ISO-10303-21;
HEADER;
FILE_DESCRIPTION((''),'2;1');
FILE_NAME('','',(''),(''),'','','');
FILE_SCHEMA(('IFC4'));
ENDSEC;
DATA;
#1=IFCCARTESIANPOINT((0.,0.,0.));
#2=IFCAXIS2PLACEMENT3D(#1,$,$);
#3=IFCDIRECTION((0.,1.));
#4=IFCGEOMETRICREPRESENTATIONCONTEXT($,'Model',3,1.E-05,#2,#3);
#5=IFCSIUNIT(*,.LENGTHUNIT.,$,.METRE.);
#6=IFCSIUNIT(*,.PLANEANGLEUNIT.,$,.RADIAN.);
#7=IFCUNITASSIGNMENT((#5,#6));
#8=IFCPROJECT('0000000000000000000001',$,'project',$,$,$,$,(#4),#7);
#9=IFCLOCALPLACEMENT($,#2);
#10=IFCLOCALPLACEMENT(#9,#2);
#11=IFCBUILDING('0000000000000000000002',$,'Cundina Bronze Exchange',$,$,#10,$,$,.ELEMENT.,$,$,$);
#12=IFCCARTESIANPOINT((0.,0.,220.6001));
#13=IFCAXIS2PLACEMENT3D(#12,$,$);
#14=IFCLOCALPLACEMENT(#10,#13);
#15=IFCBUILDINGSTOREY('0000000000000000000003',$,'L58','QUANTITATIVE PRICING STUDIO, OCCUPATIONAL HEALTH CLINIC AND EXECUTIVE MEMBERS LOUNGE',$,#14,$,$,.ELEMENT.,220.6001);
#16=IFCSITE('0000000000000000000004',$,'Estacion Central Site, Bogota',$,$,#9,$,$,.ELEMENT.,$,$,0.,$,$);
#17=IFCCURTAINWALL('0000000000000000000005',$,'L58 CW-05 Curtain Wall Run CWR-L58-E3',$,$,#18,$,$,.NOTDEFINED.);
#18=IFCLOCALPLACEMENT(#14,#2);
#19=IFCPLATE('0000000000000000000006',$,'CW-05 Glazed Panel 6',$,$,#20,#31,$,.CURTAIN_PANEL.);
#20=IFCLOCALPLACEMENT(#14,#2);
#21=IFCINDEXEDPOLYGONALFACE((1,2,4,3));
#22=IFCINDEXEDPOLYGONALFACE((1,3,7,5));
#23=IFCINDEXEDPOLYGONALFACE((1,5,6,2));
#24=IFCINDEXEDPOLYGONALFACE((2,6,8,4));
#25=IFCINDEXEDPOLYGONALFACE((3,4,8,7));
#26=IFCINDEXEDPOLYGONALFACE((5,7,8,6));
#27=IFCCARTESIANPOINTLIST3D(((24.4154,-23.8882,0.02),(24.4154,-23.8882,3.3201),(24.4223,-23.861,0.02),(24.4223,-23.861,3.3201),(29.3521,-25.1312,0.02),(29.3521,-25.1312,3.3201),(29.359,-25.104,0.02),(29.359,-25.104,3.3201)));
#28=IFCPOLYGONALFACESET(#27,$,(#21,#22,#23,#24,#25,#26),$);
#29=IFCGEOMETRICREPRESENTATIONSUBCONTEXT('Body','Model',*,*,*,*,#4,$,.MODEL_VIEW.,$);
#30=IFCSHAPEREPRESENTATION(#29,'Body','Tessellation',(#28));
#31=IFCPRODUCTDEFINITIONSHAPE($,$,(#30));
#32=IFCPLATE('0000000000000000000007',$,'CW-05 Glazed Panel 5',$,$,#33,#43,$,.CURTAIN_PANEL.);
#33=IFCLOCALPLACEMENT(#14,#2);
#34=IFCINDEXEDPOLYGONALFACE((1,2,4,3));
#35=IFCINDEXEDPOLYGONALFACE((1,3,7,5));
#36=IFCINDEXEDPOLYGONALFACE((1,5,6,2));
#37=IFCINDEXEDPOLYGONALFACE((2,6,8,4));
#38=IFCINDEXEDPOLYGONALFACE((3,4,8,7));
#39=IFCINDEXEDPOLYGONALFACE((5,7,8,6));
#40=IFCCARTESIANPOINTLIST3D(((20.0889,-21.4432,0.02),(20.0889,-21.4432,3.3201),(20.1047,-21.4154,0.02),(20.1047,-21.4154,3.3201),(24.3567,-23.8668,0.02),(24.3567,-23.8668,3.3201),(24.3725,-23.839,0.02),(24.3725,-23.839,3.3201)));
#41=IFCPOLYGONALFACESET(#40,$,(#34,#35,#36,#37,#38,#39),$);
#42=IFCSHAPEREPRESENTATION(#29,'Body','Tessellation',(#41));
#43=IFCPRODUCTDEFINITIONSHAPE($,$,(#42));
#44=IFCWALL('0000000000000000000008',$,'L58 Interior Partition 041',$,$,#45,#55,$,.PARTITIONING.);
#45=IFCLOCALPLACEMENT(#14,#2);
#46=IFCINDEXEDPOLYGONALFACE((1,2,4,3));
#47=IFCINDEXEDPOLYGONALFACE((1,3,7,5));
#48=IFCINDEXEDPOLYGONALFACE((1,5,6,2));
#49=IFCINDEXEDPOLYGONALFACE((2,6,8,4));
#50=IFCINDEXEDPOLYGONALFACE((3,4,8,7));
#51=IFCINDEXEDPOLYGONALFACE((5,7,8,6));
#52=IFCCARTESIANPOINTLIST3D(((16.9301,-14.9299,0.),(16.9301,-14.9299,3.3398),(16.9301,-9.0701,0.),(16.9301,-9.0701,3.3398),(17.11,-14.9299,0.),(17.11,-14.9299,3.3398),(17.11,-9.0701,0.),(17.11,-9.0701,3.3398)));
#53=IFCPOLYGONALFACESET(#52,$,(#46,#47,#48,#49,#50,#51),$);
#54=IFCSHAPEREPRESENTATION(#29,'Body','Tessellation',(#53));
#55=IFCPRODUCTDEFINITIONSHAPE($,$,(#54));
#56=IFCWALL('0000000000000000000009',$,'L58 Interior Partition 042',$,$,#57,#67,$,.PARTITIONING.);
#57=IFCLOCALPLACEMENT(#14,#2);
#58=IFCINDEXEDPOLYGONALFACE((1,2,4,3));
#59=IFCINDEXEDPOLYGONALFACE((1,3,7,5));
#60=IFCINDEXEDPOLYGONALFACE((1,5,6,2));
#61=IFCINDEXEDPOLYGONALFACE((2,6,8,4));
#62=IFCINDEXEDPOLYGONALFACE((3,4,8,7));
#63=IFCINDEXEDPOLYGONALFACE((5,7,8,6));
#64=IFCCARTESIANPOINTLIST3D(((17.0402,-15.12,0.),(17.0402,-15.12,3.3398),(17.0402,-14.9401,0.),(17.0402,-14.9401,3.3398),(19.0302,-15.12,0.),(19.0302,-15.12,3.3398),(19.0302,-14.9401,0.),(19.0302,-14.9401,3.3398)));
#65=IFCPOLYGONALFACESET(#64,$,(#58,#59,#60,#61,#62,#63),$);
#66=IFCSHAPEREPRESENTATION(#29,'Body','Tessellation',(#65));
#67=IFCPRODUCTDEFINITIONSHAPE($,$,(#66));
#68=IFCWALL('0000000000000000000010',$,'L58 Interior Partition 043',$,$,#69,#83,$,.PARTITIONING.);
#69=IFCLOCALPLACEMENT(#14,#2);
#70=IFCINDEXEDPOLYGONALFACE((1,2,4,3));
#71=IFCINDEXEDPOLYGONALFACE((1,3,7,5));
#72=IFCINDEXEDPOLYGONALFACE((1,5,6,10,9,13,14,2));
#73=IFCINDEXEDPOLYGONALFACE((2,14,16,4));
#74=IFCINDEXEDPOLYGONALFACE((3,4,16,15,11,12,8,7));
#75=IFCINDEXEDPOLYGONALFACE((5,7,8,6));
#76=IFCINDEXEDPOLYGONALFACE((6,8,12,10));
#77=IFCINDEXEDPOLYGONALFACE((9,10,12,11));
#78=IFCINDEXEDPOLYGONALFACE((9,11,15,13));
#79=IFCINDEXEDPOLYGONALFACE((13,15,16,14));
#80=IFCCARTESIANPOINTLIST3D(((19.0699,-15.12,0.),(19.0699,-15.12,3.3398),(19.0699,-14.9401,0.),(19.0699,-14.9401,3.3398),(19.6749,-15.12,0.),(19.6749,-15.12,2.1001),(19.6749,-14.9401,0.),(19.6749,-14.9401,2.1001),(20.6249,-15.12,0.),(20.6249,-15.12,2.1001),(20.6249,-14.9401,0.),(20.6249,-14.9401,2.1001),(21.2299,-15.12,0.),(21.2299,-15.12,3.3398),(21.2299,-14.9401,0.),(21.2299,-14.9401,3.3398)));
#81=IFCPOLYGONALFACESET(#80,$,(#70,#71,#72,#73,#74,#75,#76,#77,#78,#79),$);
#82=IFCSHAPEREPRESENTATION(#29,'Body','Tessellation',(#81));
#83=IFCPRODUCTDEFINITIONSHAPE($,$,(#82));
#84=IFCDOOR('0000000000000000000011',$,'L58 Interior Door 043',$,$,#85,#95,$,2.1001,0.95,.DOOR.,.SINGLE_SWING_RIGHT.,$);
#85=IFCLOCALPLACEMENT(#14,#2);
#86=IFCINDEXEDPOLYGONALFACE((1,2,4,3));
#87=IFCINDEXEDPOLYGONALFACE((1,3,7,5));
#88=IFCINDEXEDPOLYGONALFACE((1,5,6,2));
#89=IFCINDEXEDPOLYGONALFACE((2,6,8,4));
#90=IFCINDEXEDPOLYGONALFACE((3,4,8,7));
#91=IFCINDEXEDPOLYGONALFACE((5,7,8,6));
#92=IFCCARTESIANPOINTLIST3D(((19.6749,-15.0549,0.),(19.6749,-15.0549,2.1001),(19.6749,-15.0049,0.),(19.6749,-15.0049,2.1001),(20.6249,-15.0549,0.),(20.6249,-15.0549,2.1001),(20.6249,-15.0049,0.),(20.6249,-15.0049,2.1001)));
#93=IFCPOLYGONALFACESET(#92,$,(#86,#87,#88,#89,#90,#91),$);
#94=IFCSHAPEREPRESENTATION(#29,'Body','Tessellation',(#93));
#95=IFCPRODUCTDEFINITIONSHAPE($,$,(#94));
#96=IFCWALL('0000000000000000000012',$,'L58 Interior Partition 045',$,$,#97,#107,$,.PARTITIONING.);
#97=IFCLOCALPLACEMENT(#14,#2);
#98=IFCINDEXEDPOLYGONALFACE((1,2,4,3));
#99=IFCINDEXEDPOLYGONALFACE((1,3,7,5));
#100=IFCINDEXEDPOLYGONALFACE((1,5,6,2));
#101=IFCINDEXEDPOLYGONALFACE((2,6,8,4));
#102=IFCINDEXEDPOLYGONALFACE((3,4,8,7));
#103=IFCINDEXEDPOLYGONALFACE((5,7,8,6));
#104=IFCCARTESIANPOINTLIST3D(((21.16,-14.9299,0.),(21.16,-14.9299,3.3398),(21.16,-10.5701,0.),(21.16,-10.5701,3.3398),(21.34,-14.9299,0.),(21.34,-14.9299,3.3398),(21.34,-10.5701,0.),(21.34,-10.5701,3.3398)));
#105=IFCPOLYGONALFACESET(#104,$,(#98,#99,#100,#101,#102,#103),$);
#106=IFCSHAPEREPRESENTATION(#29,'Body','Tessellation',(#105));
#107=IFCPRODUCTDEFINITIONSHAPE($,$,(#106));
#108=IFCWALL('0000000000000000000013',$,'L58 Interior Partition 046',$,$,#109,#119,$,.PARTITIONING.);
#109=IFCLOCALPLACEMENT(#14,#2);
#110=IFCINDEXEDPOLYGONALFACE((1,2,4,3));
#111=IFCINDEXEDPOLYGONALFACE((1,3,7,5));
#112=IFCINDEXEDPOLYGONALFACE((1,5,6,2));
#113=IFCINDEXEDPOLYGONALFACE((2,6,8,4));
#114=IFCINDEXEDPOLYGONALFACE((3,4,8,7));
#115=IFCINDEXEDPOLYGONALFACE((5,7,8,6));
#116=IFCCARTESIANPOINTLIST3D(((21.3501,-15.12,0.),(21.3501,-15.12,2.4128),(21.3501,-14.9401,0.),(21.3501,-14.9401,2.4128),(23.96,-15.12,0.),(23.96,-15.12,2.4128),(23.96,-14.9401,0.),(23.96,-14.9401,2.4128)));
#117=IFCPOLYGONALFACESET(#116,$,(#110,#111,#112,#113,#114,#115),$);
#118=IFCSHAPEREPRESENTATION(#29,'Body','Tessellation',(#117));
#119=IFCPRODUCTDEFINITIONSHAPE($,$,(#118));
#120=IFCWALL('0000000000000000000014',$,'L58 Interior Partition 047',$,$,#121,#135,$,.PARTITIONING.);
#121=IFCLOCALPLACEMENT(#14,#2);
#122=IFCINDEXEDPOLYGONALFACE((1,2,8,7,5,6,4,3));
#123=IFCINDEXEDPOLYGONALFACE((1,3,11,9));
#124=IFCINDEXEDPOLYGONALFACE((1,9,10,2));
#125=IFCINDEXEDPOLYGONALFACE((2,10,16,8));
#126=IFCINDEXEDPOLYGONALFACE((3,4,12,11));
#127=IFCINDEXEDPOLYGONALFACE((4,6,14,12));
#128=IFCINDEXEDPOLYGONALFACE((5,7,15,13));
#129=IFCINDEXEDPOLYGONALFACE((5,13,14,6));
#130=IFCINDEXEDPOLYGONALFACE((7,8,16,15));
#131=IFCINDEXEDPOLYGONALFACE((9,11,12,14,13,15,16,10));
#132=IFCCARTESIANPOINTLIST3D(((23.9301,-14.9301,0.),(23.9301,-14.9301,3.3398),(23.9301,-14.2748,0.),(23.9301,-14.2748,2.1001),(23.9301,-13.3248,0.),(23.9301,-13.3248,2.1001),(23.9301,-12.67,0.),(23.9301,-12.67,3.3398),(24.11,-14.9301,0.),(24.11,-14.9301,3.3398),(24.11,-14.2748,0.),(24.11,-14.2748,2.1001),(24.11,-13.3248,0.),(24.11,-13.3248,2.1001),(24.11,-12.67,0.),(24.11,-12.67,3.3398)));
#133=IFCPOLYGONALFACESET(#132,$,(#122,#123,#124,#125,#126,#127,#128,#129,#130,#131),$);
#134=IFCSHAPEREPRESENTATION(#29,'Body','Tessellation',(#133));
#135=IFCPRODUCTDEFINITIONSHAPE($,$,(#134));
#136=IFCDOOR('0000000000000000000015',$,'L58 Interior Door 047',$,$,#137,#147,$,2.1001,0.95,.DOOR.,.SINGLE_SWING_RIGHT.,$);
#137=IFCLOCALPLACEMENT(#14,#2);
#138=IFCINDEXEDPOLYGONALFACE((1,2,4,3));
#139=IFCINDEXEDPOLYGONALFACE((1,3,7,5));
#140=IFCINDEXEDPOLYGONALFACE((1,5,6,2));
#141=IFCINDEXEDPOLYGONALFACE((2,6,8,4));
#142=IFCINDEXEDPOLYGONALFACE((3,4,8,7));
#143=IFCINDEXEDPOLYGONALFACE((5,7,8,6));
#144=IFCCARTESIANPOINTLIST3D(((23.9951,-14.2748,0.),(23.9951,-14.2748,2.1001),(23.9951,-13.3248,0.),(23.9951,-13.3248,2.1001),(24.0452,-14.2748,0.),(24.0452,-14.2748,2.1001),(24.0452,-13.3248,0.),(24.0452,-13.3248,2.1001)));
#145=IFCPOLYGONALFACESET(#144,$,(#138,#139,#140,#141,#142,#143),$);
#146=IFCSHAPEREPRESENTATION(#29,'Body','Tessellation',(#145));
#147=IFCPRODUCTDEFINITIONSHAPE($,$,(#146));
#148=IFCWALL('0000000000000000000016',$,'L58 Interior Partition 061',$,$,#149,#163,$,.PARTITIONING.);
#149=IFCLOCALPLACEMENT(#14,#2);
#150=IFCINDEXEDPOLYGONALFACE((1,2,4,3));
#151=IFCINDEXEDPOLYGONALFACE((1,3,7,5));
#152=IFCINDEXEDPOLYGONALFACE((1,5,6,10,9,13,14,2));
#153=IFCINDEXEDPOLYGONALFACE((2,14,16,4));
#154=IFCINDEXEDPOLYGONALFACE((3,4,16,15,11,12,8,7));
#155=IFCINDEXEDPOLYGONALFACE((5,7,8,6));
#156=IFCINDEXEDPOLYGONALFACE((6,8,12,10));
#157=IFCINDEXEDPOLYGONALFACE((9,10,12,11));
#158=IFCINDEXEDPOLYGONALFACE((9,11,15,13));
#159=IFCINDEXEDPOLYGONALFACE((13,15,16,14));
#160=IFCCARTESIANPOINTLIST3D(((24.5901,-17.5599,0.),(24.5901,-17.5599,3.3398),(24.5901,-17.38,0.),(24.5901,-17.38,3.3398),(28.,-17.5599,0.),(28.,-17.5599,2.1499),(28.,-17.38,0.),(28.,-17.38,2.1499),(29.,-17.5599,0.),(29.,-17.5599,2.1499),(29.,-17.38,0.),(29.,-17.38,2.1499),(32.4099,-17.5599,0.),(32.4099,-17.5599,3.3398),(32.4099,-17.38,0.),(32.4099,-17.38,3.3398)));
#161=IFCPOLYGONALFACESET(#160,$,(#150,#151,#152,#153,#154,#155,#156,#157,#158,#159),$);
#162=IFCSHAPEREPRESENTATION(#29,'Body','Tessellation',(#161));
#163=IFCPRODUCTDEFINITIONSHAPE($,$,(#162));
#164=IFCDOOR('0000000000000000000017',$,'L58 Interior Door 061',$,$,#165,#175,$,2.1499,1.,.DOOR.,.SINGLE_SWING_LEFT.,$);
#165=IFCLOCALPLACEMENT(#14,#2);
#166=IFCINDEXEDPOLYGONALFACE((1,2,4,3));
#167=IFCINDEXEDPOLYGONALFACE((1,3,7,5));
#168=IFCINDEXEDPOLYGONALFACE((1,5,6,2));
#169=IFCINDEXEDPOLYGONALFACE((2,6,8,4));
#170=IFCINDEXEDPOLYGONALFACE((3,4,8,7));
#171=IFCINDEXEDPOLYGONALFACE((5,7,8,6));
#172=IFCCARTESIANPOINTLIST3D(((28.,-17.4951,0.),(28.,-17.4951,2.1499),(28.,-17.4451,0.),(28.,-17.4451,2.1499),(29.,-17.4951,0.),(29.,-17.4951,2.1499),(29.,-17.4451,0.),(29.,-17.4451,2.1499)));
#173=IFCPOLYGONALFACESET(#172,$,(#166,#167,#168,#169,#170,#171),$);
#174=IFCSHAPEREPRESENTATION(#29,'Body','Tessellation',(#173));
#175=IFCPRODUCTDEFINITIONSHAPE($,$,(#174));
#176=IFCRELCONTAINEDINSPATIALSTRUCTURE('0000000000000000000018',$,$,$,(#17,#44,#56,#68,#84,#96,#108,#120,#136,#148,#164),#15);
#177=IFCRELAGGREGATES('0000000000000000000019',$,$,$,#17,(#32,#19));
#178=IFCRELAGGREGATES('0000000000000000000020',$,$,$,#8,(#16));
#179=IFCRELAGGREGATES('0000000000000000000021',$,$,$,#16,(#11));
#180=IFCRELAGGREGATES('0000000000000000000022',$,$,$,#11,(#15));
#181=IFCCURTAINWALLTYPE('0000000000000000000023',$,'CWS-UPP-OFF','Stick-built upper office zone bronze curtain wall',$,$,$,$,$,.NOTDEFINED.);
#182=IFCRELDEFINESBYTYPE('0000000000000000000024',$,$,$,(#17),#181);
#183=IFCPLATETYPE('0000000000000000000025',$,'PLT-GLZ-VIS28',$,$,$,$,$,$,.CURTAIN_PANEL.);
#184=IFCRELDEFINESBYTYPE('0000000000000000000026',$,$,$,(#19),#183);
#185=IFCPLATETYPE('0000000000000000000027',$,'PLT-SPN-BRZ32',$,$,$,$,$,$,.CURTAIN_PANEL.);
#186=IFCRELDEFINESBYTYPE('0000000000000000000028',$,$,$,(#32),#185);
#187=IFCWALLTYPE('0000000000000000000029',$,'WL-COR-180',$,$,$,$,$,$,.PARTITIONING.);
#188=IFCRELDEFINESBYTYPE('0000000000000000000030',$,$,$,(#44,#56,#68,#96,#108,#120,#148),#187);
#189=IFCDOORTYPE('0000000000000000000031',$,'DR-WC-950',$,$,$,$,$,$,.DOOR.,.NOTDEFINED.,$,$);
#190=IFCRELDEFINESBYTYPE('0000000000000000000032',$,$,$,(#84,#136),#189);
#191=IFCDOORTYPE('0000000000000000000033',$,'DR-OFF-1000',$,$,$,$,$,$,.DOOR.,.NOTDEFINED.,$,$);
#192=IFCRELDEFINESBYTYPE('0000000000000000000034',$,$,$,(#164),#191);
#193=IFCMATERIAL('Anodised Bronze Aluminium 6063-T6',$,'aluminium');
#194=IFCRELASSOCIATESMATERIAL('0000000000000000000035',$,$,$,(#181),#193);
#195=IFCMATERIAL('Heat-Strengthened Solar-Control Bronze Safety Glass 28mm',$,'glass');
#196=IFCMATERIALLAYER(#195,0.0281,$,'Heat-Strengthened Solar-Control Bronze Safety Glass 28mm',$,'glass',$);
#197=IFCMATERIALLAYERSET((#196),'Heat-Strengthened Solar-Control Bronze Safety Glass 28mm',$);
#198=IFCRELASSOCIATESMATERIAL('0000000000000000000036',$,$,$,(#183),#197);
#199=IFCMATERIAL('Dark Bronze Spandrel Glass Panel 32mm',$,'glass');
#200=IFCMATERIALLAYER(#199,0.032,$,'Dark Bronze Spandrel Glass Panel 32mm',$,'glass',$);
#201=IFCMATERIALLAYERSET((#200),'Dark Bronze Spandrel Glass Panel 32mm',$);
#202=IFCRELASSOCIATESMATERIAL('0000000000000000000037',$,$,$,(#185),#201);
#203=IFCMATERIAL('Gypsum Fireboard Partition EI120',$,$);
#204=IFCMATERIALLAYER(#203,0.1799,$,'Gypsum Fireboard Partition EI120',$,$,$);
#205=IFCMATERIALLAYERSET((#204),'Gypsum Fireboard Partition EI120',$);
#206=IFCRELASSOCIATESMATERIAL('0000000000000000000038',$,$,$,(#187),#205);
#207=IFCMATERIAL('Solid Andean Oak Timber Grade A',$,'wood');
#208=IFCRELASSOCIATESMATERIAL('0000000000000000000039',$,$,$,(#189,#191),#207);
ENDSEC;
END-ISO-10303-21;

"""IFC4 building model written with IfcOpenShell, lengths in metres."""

from ifc_helpers import new_model, si_unit, direction, frame, frame_2d, origin, origin_2d, place, context, subcontext, project, spatial, rectangle, extrude, material, layer, layer_set, type_object, element, fill, aggregate, save


model = new_model("IFC4")

# Units and contexts
model_context = context("Model", 3, precision=1e-05, world=origin(), true_north=direction((0.0, 1.0)))
body_context = subcontext(model_context, "Body", "Model", "MODEL_VIEW")
ifc_project = project(units=[si_unit("LENGTHUNIT", "METRE"), si_unit("PLANEANGLEUNIT", "RADIAN")], contexts=[model_context])

# Site, building, storey
site_placement = place(None, origin())
site = spatial("IfcSite", under=ifc_project, at=site_placement, Name="Estacion Central Site, Bogota", CompositionType="ELEMENT", RefElevation=0.0)
building_placement = place(site_placement, origin())
building = spatial("IfcBuilding", under=site, at=building_placement, Name="Cundina Bronze Exchange", CompositionType="ELEMENT")
storey_placement = place(building_placement, frame((0.0, 0.0, 220.6001)))
storey = spatial("IfcBuildingStorey", under=building, at=storey_placement, Name="L58", Description="QUANTITATIVE PRICING STUDIO, OCCUPATIONAL HEALTH CLINIC AND EXECUTIVE MEMBERS LOUNGE", CompositionType="ELEMENT", Elevation=220.6001)

# Curtain wall, plates
ifc_material_1 = material(Name="Anodised Bronze Aluminium 6063-T6", Category="aluminium")
curtain_wall_type = type_object("IfcCurtainWallType", Name="CWS-UPP-OFF", Description="Stick-built upper office zone bronze curtain wall", PredefinedType="NOTDEFINED", material=ifc_material_1)
curtain_wall_placement = place(storey_placement, origin())
curtain_wall = element("IfcCurtainWall", 1, at=curtain_wall_placement, inside=storey, type_object=curtain_wall_type, Name="L58 CW-05 Curtain Wall Run CWR-L58-E3", PredefinedType="NOTDEFINED")
ifc_material_2 = material(Name="Heat-Strengthened Solar-Control Bronze Safety Glass 28mm", Category="glass")
ifc_layer_1 = layer(ifc_material_2, 0.0281, Name="Heat-Strengthened Solar-Control Bronze Safety Glass 28mm", Category="glass")
ifc_layer_set_1 = layer_set([ifc_layer_1], Name="Heat-Strengthened Solar-Control Bronze Safety Glass 28mm")
plate_type_1 = type_object("IfcPlateType", Name="PLT-GLZ-VIS28", PredefinedType="CURTAIN_PANEL", material=ifc_layer_set_1)
plate_1_placement = place(storey_placement, frame((26.8872, -24.4961, 0.02), z_axis=(0.0, 0.0, 1.0), x_axis=(0.969732, -0.244174, 0.0)))
plate_1 = element("IfcPlate", 2, at=plate_1_placement, type_object=plate_type_1, Name="CW-05 Glazed Panel 6", PredefinedType="CURTAIN_PANEL", context=body_context, shape_type="SweptSolid", body=[
    extrude(rectangle(XDim=5.0908, YDim=0.0281, at=origin_2d()), origin(), (0.0, 0.0, 1.0), 3.3),
])
ifc_material_3 = material(Name="Dark Bronze Spandrel Glass Panel 32mm", Category="glass")
ifc_layer_2 = layer(ifc_material_3, 0.032, Name="Dark Bronze Spandrel Glass Panel 32mm", Category="glass")
ifc_layer_set_2 = layer_set([ifc_layer_2], Name="Dark Bronze Spandrel Glass Panel 32mm")
plate_type_2 = type_object("IfcPlateType", Name="PLT-SPN-BRZ32", PredefinedType="CURTAIN_PANEL", material=ifc_layer_set_2)
plate_2_placement = place(storey_placement, frame((22.2307, -22.6411, 0.02), z_axis=(0.0, 0.0, 1.0), x_axis=(0.869573, -0.493805, 0.0)))
plate_2 = element("IfcPlate", 3, at=plate_2_placement, type_object=plate_type_2, Name="CW-05 Glazed Panel 5", PredefinedType="CURTAIN_PANEL", context=body_context, shape_type="SweptSolid", body=[
    extrude(rectangle(XDim=4.908, YDim=0.032, at=origin_2d()), origin(), (0.0, 0.0, 1.0), 3.3),
])
aggregate(curtain_wall, [plate_2, plate_1])

# Walls
ifc_material_4 = material(Name="Gypsum Fireboard Partition EI120")
ifc_layer_3 = layer(ifc_material_4, 0.1799, Name="Gypsum Fireboard Partition EI120")
ifc_layer_set_3 = layer_set([ifc_layer_3], Name="Gypsum Fireboard Partition EI120")
wall_type_1 = type_object("IfcWallType", Name="WL-COR-180", PredefinedType="PARTITIONING", material=ifc_layer_set_3)
wall_1_placement = place(storey_placement, frame((17.02, -14.9299, 0.0), z_axis=(0.0, 0.0, 1.0), x_axis=(0.0, 1.0, 0.0)))
element("IfcWall", 4, at=wall_1_placement, inside=storey, type_object=wall_type_1, Name="L58 Interior Partition 041", PredefinedType="PARTITIONING", context=body_context, shape_type="SweptSolid", body=[
    extrude(rectangle(XDim=5.8599, YDim=0.1799, at=frame_2d((2.9299, 0.0))), origin(), (0.0, 0.0, 1.0), 3.3398),
])
wall_2_placement = place(storey_placement, frame((17.04, -15.03, 0.0), z_axis=(0.0, 0.0, 1.0), x_axis=(1.0, 0.0, 0.0)))
element("IfcWall", 5, at=wall_2_placement, inside=storey, type_object=wall_type_1, Name="L58 Interior Partition 042", PredefinedType="PARTITIONING", context=body_context, shape_type="SweptSolid", body=[
    extrude(rectangle(XDim=1.99, YDim=0.1799, at=frame_2d((0.9951, 0.0))), origin(), (0.0, 0.0, 1.0), 3.3398),
])

# Wall, opening, door
wall_3_placement = place(storey_placement, frame((21.23, -15.03, 0.0), z_axis=(0.0, 0.0, 1.0), x_axis=(-1.0, 0.0, 0.0)))
wall_3 = element("IfcWall", 6, at=wall_3_placement, inside=storey, type_object=wall_type_1, Name="L58 Interior Partition 043", PredefinedType="PARTITIONING", context=body_context, shape_type="SweptSolid", body=[
    extrude(rectangle(XDim=2.1599, YDim=0.1799, at=frame_2d((1.0801, 0.0))), origin(), (0.0, 0.0, 1.0), 3.3398),
])
opening_1_placement = place(wall_3_placement, frame((0.605, 0.0, 0.0)))
opening_1 = element("IfcOpeningElement", 7, at=opening_1_placement, cuts=wall_3, PredefinedType="OPENING", context=body_context, shape_type="SweptSolid", body=[
    extrude(rectangle(XDim=0.95, YDim=2.1001, at=frame_2d((0.4751, 1.05))), frame((0.0, 0.0999, 0.0), z_axis=(0.0, -1.0, 0.0), x_axis=(1.0, 0.0, 0.0)), (0.0, 0.0, 1.0), 0.2),
])
ifc_material_5 = material(Name="Solid Andean Oak Timber Grade A", Category="wood")
door_type_1 = type_object("IfcDoorType", Name="DR-WC-950", OperationType="NOTDEFINED", PredefinedType="DOOR", material=ifc_material_5)
door_1_placement = place(opening_1_placement, origin())
door_1 = element("IfcDoor", 8, at=door_1_placement, inside=storey, type_object=door_type_1, Name="L58 Interior Door 043", OperationType="SINGLE_SWING_RIGHT", OverallHeight=2.1001, OverallWidth=0.95, PredefinedType="DOOR", context=body_context, shape_type="SweptSolid", body=[
    extrude(rectangle(XDim=0.95, YDim=2.1001, at=frame_2d((0.4751, 1.05))), frame((0.0, 0.0249, 0.0), z_axis=(0.0, -1.0, 0.0), x_axis=(1.0, 0.0, 0.0)), (0.0, 0.0, 1.0), 0.05),
])
fill(opening_1, door_1)

# Walls
wall_4_placement = place(storey_placement, frame((21.25, -14.9299, 0.0), z_axis=(0.0, 0.0, 1.0), x_axis=(0.0, 1.0, 0.0)))
element("IfcWall", 9, at=wall_4_placement, inside=storey, type_object=wall_type_1, Name="L58 Interior Partition 045", PredefinedType="PARTITIONING", context=body_context, shape_type="SweptSolid", body=[
    extrude(rectangle(XDim=4.3599, YDim=0.1799, at=frame_2d((2.1799, 0.0))), origin(), (0.0, 0.0, 1.0), 3.3398),
])
wall_5_placement = place(storey_placement, frame((21.3501, -15.03, 0.0), z_axis=(0.0, 0.0, 1.0), x_axis=(1.0, 0.0, 0.0)))
element("IfcWall", 10, at=wall_5_placement, inside=storey, type_object=wall_type_1, Name="L58 Interior Partition 046", PredefinedType="PARTITIONING", context=body_context, shape_type="SweptSolid", body=[
    extrude(rectangle(XDim=2.6099, YDim=0.1799, at=frame_2d((1.3049, 0.0))), origin(), (0.0, 0.0, 1.0), 2.4128),
])

# Walls, openings, doors
wall_6_placement = place(storey_placement, frame((24.02, -14.9299, 0.0), z_axis=(0.0, 0.0, 1.0), x_axis=(0.0, 1.0, 0.0)))
wall_6 = element("IfcWall", 11, at=wall_6_placement, inside=storey, type_object=wall_type_1, Name="L58 Interior Partition 047", PredefinedType="PARTITIONING", context=body_context, shape_type="SweptSolid", body=[
    extrude(rectangle(XDim=2.26, YDim=0.1799, at=frame_2d((1.1299, 0.0))), origin(), (0.0, 0.0, 1.0), 3.3398),
])
opening_2_placement = place(wall_6_placement, frame((0.655, 0.0, 0.0)))
opening_2 = element("IfcOpeningElement", 12, at=opening_2_placement, cuts=wall_6, PredefinedType="OPENING", context=body_context, shape_type="SweptSolid", body=[
    extrude(rectangle(XDim=0.95, YDim=2.1001, at=frame_2d((0.4751, 1.05))), frame((0.0, 0.0999, 0.0), z_axis=(0.0, -1.0, 0.0), x_axis=(1.0, 0.0, 0.0)), (0.0, 0.0, 1.0), 0.2),
])
door_2_placement = place(opening_2_placement, origin())
door_2 = element("IfcDoor", 13, at=door_2_placement, inside=storey, type_object=door_type_1, Name="L58 Interior Door 047", OperationType="SINGLE_SWING_RIGHT", OverallHeight=2.1001, OverallWidth=0.95, PredefinedType="DOOR", context=body_context, shape_type="SweptSolid", body=[
    extrude(rectangle(XDim=0.95, YDim=2.1001, at=frame_2d((0.4751, 1.05))), frame((0.0, 0.0249, 0.0), z_axis=(0.0, -1.0, 0.0), x_axis=(1.0, 0.0, 0.0)), (0.0, 0.0, 1.0), 0.05),
])
fill(opening_2, door_2)
wall_7_placement = place(storey_placement, frame((24.5901, -17.47, 0.0), z_axis=(0.0, 0.0, 1.0), x_axis=(1.0, 0.0, 0.0)))
wall_7 = element("IfcWall", 14, at=wall_7_placement, inside=storey, type_object=wall_type_1, Name="L58 Interior Partition 061", PredefinedType="PARTITIONING", context=body_context, shape_type="SweptSolid", body=[
    extrude(rectangle(XDim=7.8198, YDim=0.1799, at=frame_2d((3.9099, 0.0))), origin(), (0.0, 0.0, 1.0), 3.3398),
])
opening_3_placement = place(wall_7_placement, frame((3.4099, 0.0, 0.0)))
opening_3 = element("IfcOpeningElement", 15, at=opening_3_placement, cuts=wall_7, PredefinedType="OPENING", context=body_context, shape_type="SweptSolid", body=[
    extrude(rectangle(XDim=1.0, YDim=2.1499, at=frame_2d((0.5, 1.075))), frame((0.0, 0.0999, 0.0), z_axis=(0.0, -1.0, 0.0), x_axis=(1.0, 0.0, 0.0)), (0.0, 0.0, 1.0), 0.2),
])
door_type_2 = type_object("IfcDoorType", Name="DR-OFF-1000", OperationType="NOTDEFINED", PredefinedType="DOOR", material=ifc_material_5)
door_3_placement = place(opening_3_placement, origin())
door_3 = element("IfcDoor", 16, at=door_3_placement, inside=storey, type_object=door_type_2, Name="L58 Interior Door 061", OperationType="SINGLE_SWING_LEFT", OverallHeight=2.1499, OverallWidth=1.0, PredefinedType="DOOR", context=body_context, shape_type="SweptSolid", body=[
    extrude(rectangle(XDim=1.0, YDim=2.1499, at=frame_2d((0.5, 1.075))), frame((0.0, 0.0249, 0.0), z_axis=(0.0, -1.0, 0.0), x_axis=(1.0, 0.0, 0.0)), (0.0, 0.0, 1.0), 0.05),
])
fill(opening_3, door_3)

save(model, "model.ifc")
